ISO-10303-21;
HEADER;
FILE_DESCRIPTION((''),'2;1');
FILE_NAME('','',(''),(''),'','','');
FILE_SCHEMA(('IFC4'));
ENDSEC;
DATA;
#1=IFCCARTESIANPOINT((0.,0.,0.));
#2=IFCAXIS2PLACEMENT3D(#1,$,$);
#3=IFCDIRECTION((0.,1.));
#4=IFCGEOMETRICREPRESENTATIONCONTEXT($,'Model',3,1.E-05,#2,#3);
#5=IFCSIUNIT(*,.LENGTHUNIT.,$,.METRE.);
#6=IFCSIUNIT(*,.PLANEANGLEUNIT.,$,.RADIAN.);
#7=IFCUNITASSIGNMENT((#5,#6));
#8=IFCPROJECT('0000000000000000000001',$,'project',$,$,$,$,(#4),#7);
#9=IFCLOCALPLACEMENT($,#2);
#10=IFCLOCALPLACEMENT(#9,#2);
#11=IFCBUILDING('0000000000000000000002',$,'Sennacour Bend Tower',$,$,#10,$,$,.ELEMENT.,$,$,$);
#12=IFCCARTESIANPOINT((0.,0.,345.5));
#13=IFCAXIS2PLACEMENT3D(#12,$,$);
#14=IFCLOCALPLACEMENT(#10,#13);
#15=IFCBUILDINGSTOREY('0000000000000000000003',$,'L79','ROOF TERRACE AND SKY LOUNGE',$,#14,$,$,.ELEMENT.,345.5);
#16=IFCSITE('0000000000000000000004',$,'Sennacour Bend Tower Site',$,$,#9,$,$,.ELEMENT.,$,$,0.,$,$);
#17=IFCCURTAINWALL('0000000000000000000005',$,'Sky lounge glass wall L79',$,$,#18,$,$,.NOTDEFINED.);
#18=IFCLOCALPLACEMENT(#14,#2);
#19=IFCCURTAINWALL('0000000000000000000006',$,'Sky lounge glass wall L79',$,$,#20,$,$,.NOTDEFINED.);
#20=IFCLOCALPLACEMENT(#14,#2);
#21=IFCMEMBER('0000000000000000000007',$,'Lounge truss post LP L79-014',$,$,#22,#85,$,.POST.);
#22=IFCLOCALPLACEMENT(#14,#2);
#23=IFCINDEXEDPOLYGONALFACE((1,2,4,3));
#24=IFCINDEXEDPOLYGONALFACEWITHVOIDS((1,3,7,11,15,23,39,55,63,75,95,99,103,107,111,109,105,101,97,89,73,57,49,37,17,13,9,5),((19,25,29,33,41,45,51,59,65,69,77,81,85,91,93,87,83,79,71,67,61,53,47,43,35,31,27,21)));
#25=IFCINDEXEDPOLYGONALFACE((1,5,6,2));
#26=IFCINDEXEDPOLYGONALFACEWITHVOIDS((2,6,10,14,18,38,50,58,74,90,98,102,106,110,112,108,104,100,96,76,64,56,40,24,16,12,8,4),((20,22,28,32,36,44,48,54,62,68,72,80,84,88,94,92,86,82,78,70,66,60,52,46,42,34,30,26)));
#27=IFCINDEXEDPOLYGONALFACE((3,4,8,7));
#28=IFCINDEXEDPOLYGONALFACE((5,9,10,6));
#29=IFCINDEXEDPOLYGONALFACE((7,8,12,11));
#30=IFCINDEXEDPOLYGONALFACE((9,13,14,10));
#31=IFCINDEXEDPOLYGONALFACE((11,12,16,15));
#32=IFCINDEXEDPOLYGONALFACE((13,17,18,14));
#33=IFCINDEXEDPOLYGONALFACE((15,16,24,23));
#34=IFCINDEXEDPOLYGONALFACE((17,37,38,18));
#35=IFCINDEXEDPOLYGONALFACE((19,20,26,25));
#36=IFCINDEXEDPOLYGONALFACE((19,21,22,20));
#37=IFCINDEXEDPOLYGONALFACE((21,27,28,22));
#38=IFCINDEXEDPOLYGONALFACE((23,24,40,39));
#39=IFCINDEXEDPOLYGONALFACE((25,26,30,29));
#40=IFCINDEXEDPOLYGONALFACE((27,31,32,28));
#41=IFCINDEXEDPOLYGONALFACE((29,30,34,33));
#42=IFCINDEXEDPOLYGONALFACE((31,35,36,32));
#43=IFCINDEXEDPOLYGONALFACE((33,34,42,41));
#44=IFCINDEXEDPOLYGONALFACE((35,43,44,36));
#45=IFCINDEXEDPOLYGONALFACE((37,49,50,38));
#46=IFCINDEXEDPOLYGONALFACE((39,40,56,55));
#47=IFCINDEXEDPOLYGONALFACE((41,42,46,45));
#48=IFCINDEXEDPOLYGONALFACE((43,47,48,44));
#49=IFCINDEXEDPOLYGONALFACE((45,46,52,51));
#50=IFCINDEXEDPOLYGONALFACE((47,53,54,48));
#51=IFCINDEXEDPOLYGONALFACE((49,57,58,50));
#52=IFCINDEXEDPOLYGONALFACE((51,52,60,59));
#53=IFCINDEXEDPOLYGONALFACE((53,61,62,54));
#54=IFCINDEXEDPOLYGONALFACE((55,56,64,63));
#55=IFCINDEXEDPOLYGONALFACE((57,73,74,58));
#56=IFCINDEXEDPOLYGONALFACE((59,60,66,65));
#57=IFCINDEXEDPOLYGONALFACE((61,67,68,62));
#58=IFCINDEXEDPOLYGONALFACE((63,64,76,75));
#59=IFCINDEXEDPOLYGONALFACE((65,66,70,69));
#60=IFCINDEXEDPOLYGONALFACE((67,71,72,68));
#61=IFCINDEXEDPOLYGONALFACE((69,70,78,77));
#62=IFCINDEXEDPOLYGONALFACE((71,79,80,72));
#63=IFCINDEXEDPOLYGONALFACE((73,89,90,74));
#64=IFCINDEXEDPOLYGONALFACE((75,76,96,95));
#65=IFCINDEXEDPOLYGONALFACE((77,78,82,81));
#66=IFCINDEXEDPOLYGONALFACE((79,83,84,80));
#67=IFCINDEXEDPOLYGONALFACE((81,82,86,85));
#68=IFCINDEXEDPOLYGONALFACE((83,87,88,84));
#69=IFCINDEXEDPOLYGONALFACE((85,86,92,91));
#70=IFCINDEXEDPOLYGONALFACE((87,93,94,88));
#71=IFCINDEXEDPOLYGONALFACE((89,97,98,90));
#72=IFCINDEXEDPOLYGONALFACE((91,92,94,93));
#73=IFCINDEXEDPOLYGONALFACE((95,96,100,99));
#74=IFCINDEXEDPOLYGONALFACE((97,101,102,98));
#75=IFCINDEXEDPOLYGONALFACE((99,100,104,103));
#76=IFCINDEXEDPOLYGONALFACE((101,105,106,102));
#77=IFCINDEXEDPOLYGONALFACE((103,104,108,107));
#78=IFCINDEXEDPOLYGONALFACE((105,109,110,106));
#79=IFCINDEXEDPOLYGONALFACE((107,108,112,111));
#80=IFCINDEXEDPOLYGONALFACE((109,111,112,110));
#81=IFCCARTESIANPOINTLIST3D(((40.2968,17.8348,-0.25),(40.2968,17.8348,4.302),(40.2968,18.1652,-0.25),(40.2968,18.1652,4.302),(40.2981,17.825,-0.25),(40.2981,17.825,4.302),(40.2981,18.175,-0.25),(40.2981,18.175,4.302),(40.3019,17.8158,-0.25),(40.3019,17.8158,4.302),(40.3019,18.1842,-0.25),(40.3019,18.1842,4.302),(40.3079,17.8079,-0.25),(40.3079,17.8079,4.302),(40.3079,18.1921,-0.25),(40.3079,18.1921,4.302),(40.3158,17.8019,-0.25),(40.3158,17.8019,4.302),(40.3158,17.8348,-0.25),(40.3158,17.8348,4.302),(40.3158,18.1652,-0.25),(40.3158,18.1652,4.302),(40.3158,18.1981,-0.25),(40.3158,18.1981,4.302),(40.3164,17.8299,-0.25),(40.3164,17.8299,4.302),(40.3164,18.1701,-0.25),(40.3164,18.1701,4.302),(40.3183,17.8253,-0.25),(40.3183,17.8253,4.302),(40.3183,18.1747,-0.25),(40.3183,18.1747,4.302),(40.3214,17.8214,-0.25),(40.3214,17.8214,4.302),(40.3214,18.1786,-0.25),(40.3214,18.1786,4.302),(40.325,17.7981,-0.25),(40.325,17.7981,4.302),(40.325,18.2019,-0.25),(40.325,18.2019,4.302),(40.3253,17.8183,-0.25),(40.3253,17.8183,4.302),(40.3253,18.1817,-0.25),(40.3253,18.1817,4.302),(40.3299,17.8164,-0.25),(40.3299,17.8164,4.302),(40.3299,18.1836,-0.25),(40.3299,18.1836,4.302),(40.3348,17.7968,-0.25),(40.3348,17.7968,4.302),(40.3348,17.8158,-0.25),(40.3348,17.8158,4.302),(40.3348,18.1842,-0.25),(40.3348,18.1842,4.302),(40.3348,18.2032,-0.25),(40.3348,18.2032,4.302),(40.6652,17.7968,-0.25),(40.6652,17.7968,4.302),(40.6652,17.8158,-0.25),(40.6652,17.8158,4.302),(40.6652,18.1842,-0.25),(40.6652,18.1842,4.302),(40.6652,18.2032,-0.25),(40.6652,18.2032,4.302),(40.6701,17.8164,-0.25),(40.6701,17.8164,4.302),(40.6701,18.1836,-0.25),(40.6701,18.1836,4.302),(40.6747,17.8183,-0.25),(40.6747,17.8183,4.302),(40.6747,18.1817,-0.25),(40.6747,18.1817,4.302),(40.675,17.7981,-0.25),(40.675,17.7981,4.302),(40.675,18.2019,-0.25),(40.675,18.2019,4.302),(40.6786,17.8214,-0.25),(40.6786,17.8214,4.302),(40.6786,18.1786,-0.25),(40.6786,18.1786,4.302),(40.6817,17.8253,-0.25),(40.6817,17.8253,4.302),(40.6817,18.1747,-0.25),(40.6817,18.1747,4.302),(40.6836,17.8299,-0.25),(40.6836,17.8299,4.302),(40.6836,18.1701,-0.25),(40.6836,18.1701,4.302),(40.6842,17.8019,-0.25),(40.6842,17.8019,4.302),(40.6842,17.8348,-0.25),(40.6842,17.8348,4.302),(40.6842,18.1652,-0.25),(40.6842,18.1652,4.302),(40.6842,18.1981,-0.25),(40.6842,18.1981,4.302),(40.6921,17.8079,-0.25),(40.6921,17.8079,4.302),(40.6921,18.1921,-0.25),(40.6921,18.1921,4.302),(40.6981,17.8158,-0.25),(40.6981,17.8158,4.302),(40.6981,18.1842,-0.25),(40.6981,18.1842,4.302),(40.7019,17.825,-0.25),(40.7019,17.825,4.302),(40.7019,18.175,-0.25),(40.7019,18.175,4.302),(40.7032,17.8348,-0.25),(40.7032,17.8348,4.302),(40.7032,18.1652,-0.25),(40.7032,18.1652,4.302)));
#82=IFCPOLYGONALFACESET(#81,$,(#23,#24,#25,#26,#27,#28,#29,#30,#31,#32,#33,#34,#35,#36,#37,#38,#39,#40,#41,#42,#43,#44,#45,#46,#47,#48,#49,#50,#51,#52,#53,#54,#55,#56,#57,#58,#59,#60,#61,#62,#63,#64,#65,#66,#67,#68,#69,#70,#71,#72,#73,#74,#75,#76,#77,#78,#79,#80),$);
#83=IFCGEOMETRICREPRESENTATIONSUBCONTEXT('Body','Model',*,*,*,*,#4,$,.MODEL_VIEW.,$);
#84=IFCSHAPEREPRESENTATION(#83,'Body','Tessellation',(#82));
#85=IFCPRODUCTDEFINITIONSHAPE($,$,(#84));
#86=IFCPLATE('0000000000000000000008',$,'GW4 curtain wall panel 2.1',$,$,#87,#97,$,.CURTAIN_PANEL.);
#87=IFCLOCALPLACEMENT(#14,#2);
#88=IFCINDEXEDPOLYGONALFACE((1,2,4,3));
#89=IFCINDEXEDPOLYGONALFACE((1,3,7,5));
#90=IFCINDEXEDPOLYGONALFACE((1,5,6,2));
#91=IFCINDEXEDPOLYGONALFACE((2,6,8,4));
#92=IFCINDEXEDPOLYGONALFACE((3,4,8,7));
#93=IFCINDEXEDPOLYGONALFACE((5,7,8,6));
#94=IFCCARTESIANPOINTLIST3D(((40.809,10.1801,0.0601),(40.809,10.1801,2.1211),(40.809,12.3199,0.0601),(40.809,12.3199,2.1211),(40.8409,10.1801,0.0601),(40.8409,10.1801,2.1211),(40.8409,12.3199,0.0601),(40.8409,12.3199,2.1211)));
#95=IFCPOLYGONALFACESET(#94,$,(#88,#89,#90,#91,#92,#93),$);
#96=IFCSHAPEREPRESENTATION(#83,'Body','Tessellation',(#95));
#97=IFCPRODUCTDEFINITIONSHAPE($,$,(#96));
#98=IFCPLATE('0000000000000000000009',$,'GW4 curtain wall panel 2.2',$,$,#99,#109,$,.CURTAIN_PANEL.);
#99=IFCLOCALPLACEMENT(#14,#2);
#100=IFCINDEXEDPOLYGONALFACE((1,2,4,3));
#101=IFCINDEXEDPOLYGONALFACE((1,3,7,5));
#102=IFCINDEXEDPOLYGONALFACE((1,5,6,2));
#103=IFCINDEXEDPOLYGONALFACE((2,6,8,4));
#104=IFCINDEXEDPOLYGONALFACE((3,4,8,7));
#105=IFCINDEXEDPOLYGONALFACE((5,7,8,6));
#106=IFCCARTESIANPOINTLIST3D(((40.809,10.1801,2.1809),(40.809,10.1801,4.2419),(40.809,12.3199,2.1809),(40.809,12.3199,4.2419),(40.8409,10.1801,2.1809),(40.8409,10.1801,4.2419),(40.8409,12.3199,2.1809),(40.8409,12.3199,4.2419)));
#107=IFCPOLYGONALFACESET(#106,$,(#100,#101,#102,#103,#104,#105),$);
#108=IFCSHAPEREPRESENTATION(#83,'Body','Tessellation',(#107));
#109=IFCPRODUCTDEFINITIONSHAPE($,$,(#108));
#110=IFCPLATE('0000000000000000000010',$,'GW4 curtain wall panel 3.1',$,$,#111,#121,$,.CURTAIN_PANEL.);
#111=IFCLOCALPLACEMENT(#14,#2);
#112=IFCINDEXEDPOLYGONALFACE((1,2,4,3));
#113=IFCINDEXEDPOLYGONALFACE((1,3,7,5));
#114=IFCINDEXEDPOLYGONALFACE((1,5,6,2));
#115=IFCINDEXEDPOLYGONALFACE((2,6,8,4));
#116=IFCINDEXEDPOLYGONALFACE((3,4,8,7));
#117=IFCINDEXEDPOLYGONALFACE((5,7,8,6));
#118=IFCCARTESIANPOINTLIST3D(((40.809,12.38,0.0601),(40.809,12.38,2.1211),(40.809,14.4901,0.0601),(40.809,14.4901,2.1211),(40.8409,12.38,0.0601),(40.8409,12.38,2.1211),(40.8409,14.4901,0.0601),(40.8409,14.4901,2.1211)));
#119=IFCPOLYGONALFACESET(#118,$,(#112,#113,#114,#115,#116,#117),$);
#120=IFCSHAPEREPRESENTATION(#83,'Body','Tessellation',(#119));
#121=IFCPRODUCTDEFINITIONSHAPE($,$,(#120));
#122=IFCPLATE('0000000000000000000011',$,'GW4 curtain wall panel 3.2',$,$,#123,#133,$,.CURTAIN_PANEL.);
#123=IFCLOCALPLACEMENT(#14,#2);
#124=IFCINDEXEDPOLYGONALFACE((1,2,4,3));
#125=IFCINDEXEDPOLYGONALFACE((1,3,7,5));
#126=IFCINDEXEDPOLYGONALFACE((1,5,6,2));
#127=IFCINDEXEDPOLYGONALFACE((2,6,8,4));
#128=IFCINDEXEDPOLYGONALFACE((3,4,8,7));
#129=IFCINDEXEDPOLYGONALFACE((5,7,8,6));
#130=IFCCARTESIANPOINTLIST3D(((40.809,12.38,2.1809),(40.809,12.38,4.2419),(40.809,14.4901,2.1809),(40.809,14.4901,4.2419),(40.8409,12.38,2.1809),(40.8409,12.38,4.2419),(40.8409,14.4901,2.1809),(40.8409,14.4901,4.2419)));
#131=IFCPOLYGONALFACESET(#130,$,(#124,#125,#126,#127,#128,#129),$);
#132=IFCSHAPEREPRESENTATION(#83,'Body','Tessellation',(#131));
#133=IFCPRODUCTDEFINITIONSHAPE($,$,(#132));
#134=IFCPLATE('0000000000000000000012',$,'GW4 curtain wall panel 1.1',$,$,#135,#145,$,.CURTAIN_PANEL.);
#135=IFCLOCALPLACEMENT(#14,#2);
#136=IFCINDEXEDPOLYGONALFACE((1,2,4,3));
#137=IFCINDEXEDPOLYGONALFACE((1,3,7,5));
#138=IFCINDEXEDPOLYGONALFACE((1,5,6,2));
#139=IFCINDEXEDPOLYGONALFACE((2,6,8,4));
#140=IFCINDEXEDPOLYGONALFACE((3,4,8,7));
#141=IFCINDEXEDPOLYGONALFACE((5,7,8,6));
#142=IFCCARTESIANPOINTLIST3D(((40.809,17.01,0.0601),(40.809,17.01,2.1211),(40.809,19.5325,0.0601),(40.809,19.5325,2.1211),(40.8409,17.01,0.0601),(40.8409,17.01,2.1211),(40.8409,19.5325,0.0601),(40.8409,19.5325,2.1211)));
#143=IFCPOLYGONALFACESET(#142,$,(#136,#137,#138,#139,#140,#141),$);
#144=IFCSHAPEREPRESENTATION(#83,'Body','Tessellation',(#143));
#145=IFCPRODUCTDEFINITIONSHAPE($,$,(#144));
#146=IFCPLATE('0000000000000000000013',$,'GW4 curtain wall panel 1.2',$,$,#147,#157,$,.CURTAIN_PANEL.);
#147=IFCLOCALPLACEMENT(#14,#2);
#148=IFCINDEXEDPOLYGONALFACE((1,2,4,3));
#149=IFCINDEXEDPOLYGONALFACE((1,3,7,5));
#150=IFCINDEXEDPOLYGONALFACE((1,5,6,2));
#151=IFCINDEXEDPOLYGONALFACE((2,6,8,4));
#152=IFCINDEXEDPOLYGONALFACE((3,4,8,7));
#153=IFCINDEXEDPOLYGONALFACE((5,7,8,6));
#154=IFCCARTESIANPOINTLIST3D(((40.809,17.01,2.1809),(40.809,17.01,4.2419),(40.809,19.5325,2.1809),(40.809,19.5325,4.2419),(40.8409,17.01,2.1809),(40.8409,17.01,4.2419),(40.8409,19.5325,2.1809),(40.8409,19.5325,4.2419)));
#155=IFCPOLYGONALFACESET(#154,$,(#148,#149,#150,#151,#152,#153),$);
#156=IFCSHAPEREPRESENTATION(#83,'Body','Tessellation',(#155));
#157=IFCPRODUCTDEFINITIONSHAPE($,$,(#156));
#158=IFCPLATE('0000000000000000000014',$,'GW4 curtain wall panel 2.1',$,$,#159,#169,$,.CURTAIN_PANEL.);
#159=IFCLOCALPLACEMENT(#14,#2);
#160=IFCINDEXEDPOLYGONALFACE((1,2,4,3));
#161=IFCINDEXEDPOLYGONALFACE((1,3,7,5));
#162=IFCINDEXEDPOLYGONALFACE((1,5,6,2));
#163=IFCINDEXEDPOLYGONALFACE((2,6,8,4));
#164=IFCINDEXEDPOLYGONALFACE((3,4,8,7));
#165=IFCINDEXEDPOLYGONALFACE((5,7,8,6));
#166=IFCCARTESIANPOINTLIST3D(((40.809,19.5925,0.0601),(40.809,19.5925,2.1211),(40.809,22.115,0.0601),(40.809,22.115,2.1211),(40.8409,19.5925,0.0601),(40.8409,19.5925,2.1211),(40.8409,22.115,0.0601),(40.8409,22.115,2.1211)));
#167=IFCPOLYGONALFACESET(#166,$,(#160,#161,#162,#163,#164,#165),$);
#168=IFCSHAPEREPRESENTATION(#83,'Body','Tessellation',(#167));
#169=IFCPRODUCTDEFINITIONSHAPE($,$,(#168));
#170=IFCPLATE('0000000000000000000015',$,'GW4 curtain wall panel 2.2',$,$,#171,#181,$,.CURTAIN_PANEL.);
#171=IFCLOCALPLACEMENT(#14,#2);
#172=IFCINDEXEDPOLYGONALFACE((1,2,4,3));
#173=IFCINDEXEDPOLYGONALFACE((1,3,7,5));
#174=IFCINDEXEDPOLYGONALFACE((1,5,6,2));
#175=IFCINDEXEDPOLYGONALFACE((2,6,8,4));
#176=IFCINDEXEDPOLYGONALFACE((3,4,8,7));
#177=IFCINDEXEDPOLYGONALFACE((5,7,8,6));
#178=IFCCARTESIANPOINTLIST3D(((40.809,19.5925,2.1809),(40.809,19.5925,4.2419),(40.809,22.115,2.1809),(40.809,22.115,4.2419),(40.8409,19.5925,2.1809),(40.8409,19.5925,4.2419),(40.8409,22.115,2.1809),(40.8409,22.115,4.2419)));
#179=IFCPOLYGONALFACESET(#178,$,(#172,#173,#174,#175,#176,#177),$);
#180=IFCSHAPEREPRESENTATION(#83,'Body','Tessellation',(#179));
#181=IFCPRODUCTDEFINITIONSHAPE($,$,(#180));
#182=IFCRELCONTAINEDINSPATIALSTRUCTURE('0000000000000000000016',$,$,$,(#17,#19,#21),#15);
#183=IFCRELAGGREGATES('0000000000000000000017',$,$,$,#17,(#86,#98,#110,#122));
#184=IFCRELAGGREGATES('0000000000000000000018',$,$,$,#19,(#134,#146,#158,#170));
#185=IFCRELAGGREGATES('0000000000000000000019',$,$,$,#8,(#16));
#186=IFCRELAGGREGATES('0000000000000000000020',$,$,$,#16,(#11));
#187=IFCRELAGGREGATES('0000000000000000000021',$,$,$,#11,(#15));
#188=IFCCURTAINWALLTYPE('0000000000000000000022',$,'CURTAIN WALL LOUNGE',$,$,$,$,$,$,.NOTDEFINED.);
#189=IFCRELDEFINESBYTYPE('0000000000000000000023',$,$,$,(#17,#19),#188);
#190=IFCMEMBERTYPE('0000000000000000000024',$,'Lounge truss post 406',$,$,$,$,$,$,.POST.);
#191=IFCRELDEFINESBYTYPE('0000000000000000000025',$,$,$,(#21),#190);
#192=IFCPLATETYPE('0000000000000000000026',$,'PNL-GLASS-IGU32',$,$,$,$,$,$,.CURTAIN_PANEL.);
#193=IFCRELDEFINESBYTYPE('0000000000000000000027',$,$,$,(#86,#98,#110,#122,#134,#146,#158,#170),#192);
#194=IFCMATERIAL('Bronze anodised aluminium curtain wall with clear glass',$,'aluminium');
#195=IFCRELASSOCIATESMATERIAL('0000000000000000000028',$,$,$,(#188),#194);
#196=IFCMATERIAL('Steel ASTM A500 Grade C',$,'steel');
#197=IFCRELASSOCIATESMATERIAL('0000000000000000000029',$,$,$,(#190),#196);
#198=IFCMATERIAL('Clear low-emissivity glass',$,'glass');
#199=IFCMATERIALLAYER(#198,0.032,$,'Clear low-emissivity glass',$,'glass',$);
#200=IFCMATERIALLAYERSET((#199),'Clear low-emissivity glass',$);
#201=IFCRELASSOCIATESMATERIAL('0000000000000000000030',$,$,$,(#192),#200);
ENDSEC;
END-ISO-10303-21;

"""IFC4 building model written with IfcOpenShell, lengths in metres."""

from ifc_helpers import new_model, si_unit, direction, frame, origin, origin_2d, place, context, subcontext, project, spatial, rectangle, hollow_rectangle, extrude, material, layer, layer_set, material_profile, profile_set, type_object, element, aggregate, save


model = new_model("IFC4")

# Units and contexts
model_context = context("Model", 3, precision=1e-05, world=origin(), true_north=direction((0.0, 1.0)))
body_context = subcontext(model_context, "Body", "Model", "MODEL_VIEW")
ifc_project = project(units=[si_unit("LENGTHUNIT", "METRE"), si_unit("PLANEANGLEUNIT", "RADIAN")], contexts=[model_context])

# Site, building, storey
site_placement = place(None, origin())
site = spatial("IfcSite", under=ifc_project, at=site_placement, Name="Sennacour Bend Tower Site", CompositionType="ELEMENT", RefElevation=0.0)
building_placement = place(site_placement, origin())
building = spatial("IfcBuilding", under=site, at=building_placement, Name="Sennacour Bend Tower", CompositionType="ELEMENT")
storey_placement = place(building_placement, frame((0.0, 0.0, 345.5)))
storey = spatial("IfcBuildingStorey", under=building, at=storey_placement, Name="L79", Description="ROOF TERRACE AND SKY LOUNGE", CompositionType="ELEMENT", Elevation=345.5)

# Shared definitions
ifc_material_1 = material(Name="Bronze anodised aluminium curtain wall with clear glass", Category="aluminium")
curtain_wall_type = type_object("IfcCurtainWallType", Name="CURTAIN WALL LOUNGE", PredefinedType="NOTDEFINED", material=ifc_material_1)

# Curtain walls
curtain_wall_1_placement = place(storey_placement, origin())
curtain_wall_1 = element("IfcCurtainWall", 1, at=curtain_wall_1_placement, inside=storey, type_object=curtain_wall_type, Name="Sky lounge glass wall L79", PredefinedType="NOTDEFINED")
curtain_wall_2_placement = place(storey_placement, origin())
curtain_wall_2 = element("IfcCurtainWall", 2, at=curtain_wall_2_placement, inside=storey, type_object=curtain_wall_type, Name="Sky lounge glass wall L79", PredefinedType="NOTDEFINED")

# Member
ifc_material_2 = material(Name="Steel ASTM A500 Grade C", Category="steel")
ifc_material_profile_1 = material_profile(ifc_material_2, hollow_rectangle(XDim=0.4065, YDim=0.4065, WallThickness=0.019, InnerFilletRadius=0.019, OuterFilletRadius=0.0381, at=origin_2d()), Name="Steel ASTM A500 Grade C", Category="steel")
ifc_profile_set_1 = profile_set([ifc_material_profile_1], Name="Steel ASTM A500 Grade C")
member_type_1 = type_object("IfcMemberType", Name="Lounge truss post 406", PredefinedType="POST", material=ifc_profile_set_1)
for number, where, z_axis, x_axis, name in (
    (3, (40.5, 18.0, -0.25), (0.0, 0.0, 1.0), (1.0, 0.0, 0.0), "Lounge truss post LP L79-014"),
):
    element("IfcMember", number, at=place(storey_placement, frame(where, z_axis=z_axis, x_axis=x_axis)), inside=storey, type_object=member_type_1, Name=name, PredefinedType="POST", context=body_context, shape_type="SweptSolid", body=[
        extrude(hollow_rectangle(XDim=0.4065, YDim=0.4065, WallThickness=0.019, InnerFilletRadius=0.019, OuterFilletRadius=0.0381, at=origin_2d()), origin(), (0.0, 0.0, 1.0), 4.552),
    ])

# Plates
ifc_material_3 = material(Name="Clear low-emissivity glass", Category="glass")
ifc_layer_1 = layer(ifc_material_3, 0.032, Name="Clear low-emissivity glass", Category="glass")
ifc_layer_set_1 = layer_set([ifc_layer_1], Name="Clear low-emissivity glass")
plate_type = type_object("IfcPlateType", Name="PNL-GLASS-IGU32", PredefinedType="CURTAIN_PANEL", material=ifc_layer_set_1)
plate_1_placement = place(storey_placement, frame((40.825, 11.25, 0.0601), z_axis=(0.0, 0.0, 1.0), x_axis=(0.0, 1.0, 0.0)))
plate_1 = element("IfcPlate", 4, at=plate_1_placement, type_object=plate_type, Name="GW4 curtain wall panel 2.1", PredefinedType="CURTAIN_PANEL", context=body_context, shape_type="SweptSolid", body=[
    extrude(rectangle(XDim=2.1399, YDim=0.032, at=origin_2d()), origin(), (0.0, 0.0, 1.0), 2.061),
])
plate_2_placement = place(storey_placement, frame((40.825, 11.25, 2.1809), z_axis=(0.0, 0.0, 1.0), x_axis=(0.0, 1.0, 0.0)))
plate_2 = element("IfcPlate", 5, at=plate_2_placement, type_object=plate_type, Name="GW4 curtain wall panel 2.2", PredefinedType="CURTAIN_PANEL", context=body_context, shape_type="SweptSolid", body=[
    extrude(rectangle(XDim=2.1399, YDim=0.032, at=origin_2d()), origin(), (0.0, 0.0, 1.0), 2.061),
])
plate_3_placement = place(storey_placement, frame((40.825, 13.4351, 0.0601), z_axis=(0.0, 0.0, 1.0), x_axis=(0.0, 1.0, 0.0)))
plate_3 = element("IfcPlate", 6, at=plate_3_placement, type_object=plate_type, Name="GW4 curtain wall panel 3.1", PredefinedType="CURTAIN_PANEL", context=body_context, shape_type="SweptSolid", body=[
    extrude(rectangle(XDim=2.1101, YDim=0.032, at=origin_2d()), origin(), (0.0, 0.0, 1.0), 2.061),
])
plate_4_placement = place(storey_placement, frame((40.825, 13.4351, 2.1809), z_axis=(0.0, 0.0, 1.0), x_axis=(0.0, 1.0, 0.0)))
plate_4 = element("IfcPlate", 7, at=plate_4_placement, type_object=plate_type, Name="GW4 curtain wall panel 3.2", PredefinedType="CURTAIN_PANEL", context=body_context, shape_type="SweptSolid", body=[
    extrude(rectangle(XDim=2.1101, YDim=0.032, at=origin_2d()), origin(), (0.0, 0.0, 1.0), 2.061),
])
aggregate(curtain_wall_1, [plate_1, plate_2, plate_3, plate_4])
plate_5_placement = place(storey_placement, frame((40.825, 18.2712, 0.0601), z_axis=(0.0, 0.0, 1.0), x_axis=(0.0, 1.0, 0.0)))
plate_5 = element("IfcPlate", 8, at=plate_5_placement, type_object=plate_type, Name="GW4 curtain wall panel 1.1", PredefinedType="CURTAIN_PANEL", context=body_context, shape_type="SweptSolid", body=[
    extrude(rectangle(XDim=2.5225, YDim=0.032, at=origin_2d()), origin(), (0.0, 0.0, 1.0), 2.061),
])
plate_6_placement = place(storey_placement, frame((40.825, 18.2712, 2.1809), z_axis=(0.0, 0.0, 1.0), x_axis=(0.0, 1.0, 0.0)))
plate_6 = element("IfcPlate", 9, at=plate_6_placement, type_object=plate_type, Name="GW4 curtain wall panel 1.2", PredefinedType="CURTAIN_PANEL", context=body_context, shape_type="SweptSolid", body=[
    extrude(rectangle(XDim=2.5225, YDim=0.032, at=origin_2d()), origin(), (0.0, 0.0, 1.0), 2.061),
])
plate_7_placement = place(storey_placement, frame((40.825, 20.8538, 0.0601), z_axis=(0.0, 0.0, 1.0), x_axis=(0.0, 1.0, 0.0)))
plate_7 = element("IfcPlate", 10, at=plate_7_placement, type_object=plate_type, Name="GW4 curtain wall panel 2.1", PredefinedType="CURTAIN_PANEL", context=body_context, shape_type="SweptSolid", body=[
    extrude(rectangle(XDim=2.5225, YDim=0.032, at=origin_2d()), origin(), (0.0, 0.0, 1.0), 2.061),
])
plate_8_placement = place(storey_placement, frame((40.825, 20.8538, 2.1809), z_axis=(0.0, 0.0, 1.0), x_axis=(0.0, 1.0, 0.0)))
plate_8 = element("IfcPlate", 11, at=plate_8_placement, type_object=plate_type, Name="GW4 curtain wall panel 2.2", PredefinedType="CURTAIN_PANEL", context=body_context, shape_type="SweptSolid", body=[
    extrude(rectangle(XDim=2.5225, YDim=0.032, at=origin_2d()), origin(), (0.0, 0.0, 1.0), 2.061),
])
aggregate(curtain_wall_2, [plate_5, plate_6, plate_7, plate_8])

save(model, "model.ifc")
